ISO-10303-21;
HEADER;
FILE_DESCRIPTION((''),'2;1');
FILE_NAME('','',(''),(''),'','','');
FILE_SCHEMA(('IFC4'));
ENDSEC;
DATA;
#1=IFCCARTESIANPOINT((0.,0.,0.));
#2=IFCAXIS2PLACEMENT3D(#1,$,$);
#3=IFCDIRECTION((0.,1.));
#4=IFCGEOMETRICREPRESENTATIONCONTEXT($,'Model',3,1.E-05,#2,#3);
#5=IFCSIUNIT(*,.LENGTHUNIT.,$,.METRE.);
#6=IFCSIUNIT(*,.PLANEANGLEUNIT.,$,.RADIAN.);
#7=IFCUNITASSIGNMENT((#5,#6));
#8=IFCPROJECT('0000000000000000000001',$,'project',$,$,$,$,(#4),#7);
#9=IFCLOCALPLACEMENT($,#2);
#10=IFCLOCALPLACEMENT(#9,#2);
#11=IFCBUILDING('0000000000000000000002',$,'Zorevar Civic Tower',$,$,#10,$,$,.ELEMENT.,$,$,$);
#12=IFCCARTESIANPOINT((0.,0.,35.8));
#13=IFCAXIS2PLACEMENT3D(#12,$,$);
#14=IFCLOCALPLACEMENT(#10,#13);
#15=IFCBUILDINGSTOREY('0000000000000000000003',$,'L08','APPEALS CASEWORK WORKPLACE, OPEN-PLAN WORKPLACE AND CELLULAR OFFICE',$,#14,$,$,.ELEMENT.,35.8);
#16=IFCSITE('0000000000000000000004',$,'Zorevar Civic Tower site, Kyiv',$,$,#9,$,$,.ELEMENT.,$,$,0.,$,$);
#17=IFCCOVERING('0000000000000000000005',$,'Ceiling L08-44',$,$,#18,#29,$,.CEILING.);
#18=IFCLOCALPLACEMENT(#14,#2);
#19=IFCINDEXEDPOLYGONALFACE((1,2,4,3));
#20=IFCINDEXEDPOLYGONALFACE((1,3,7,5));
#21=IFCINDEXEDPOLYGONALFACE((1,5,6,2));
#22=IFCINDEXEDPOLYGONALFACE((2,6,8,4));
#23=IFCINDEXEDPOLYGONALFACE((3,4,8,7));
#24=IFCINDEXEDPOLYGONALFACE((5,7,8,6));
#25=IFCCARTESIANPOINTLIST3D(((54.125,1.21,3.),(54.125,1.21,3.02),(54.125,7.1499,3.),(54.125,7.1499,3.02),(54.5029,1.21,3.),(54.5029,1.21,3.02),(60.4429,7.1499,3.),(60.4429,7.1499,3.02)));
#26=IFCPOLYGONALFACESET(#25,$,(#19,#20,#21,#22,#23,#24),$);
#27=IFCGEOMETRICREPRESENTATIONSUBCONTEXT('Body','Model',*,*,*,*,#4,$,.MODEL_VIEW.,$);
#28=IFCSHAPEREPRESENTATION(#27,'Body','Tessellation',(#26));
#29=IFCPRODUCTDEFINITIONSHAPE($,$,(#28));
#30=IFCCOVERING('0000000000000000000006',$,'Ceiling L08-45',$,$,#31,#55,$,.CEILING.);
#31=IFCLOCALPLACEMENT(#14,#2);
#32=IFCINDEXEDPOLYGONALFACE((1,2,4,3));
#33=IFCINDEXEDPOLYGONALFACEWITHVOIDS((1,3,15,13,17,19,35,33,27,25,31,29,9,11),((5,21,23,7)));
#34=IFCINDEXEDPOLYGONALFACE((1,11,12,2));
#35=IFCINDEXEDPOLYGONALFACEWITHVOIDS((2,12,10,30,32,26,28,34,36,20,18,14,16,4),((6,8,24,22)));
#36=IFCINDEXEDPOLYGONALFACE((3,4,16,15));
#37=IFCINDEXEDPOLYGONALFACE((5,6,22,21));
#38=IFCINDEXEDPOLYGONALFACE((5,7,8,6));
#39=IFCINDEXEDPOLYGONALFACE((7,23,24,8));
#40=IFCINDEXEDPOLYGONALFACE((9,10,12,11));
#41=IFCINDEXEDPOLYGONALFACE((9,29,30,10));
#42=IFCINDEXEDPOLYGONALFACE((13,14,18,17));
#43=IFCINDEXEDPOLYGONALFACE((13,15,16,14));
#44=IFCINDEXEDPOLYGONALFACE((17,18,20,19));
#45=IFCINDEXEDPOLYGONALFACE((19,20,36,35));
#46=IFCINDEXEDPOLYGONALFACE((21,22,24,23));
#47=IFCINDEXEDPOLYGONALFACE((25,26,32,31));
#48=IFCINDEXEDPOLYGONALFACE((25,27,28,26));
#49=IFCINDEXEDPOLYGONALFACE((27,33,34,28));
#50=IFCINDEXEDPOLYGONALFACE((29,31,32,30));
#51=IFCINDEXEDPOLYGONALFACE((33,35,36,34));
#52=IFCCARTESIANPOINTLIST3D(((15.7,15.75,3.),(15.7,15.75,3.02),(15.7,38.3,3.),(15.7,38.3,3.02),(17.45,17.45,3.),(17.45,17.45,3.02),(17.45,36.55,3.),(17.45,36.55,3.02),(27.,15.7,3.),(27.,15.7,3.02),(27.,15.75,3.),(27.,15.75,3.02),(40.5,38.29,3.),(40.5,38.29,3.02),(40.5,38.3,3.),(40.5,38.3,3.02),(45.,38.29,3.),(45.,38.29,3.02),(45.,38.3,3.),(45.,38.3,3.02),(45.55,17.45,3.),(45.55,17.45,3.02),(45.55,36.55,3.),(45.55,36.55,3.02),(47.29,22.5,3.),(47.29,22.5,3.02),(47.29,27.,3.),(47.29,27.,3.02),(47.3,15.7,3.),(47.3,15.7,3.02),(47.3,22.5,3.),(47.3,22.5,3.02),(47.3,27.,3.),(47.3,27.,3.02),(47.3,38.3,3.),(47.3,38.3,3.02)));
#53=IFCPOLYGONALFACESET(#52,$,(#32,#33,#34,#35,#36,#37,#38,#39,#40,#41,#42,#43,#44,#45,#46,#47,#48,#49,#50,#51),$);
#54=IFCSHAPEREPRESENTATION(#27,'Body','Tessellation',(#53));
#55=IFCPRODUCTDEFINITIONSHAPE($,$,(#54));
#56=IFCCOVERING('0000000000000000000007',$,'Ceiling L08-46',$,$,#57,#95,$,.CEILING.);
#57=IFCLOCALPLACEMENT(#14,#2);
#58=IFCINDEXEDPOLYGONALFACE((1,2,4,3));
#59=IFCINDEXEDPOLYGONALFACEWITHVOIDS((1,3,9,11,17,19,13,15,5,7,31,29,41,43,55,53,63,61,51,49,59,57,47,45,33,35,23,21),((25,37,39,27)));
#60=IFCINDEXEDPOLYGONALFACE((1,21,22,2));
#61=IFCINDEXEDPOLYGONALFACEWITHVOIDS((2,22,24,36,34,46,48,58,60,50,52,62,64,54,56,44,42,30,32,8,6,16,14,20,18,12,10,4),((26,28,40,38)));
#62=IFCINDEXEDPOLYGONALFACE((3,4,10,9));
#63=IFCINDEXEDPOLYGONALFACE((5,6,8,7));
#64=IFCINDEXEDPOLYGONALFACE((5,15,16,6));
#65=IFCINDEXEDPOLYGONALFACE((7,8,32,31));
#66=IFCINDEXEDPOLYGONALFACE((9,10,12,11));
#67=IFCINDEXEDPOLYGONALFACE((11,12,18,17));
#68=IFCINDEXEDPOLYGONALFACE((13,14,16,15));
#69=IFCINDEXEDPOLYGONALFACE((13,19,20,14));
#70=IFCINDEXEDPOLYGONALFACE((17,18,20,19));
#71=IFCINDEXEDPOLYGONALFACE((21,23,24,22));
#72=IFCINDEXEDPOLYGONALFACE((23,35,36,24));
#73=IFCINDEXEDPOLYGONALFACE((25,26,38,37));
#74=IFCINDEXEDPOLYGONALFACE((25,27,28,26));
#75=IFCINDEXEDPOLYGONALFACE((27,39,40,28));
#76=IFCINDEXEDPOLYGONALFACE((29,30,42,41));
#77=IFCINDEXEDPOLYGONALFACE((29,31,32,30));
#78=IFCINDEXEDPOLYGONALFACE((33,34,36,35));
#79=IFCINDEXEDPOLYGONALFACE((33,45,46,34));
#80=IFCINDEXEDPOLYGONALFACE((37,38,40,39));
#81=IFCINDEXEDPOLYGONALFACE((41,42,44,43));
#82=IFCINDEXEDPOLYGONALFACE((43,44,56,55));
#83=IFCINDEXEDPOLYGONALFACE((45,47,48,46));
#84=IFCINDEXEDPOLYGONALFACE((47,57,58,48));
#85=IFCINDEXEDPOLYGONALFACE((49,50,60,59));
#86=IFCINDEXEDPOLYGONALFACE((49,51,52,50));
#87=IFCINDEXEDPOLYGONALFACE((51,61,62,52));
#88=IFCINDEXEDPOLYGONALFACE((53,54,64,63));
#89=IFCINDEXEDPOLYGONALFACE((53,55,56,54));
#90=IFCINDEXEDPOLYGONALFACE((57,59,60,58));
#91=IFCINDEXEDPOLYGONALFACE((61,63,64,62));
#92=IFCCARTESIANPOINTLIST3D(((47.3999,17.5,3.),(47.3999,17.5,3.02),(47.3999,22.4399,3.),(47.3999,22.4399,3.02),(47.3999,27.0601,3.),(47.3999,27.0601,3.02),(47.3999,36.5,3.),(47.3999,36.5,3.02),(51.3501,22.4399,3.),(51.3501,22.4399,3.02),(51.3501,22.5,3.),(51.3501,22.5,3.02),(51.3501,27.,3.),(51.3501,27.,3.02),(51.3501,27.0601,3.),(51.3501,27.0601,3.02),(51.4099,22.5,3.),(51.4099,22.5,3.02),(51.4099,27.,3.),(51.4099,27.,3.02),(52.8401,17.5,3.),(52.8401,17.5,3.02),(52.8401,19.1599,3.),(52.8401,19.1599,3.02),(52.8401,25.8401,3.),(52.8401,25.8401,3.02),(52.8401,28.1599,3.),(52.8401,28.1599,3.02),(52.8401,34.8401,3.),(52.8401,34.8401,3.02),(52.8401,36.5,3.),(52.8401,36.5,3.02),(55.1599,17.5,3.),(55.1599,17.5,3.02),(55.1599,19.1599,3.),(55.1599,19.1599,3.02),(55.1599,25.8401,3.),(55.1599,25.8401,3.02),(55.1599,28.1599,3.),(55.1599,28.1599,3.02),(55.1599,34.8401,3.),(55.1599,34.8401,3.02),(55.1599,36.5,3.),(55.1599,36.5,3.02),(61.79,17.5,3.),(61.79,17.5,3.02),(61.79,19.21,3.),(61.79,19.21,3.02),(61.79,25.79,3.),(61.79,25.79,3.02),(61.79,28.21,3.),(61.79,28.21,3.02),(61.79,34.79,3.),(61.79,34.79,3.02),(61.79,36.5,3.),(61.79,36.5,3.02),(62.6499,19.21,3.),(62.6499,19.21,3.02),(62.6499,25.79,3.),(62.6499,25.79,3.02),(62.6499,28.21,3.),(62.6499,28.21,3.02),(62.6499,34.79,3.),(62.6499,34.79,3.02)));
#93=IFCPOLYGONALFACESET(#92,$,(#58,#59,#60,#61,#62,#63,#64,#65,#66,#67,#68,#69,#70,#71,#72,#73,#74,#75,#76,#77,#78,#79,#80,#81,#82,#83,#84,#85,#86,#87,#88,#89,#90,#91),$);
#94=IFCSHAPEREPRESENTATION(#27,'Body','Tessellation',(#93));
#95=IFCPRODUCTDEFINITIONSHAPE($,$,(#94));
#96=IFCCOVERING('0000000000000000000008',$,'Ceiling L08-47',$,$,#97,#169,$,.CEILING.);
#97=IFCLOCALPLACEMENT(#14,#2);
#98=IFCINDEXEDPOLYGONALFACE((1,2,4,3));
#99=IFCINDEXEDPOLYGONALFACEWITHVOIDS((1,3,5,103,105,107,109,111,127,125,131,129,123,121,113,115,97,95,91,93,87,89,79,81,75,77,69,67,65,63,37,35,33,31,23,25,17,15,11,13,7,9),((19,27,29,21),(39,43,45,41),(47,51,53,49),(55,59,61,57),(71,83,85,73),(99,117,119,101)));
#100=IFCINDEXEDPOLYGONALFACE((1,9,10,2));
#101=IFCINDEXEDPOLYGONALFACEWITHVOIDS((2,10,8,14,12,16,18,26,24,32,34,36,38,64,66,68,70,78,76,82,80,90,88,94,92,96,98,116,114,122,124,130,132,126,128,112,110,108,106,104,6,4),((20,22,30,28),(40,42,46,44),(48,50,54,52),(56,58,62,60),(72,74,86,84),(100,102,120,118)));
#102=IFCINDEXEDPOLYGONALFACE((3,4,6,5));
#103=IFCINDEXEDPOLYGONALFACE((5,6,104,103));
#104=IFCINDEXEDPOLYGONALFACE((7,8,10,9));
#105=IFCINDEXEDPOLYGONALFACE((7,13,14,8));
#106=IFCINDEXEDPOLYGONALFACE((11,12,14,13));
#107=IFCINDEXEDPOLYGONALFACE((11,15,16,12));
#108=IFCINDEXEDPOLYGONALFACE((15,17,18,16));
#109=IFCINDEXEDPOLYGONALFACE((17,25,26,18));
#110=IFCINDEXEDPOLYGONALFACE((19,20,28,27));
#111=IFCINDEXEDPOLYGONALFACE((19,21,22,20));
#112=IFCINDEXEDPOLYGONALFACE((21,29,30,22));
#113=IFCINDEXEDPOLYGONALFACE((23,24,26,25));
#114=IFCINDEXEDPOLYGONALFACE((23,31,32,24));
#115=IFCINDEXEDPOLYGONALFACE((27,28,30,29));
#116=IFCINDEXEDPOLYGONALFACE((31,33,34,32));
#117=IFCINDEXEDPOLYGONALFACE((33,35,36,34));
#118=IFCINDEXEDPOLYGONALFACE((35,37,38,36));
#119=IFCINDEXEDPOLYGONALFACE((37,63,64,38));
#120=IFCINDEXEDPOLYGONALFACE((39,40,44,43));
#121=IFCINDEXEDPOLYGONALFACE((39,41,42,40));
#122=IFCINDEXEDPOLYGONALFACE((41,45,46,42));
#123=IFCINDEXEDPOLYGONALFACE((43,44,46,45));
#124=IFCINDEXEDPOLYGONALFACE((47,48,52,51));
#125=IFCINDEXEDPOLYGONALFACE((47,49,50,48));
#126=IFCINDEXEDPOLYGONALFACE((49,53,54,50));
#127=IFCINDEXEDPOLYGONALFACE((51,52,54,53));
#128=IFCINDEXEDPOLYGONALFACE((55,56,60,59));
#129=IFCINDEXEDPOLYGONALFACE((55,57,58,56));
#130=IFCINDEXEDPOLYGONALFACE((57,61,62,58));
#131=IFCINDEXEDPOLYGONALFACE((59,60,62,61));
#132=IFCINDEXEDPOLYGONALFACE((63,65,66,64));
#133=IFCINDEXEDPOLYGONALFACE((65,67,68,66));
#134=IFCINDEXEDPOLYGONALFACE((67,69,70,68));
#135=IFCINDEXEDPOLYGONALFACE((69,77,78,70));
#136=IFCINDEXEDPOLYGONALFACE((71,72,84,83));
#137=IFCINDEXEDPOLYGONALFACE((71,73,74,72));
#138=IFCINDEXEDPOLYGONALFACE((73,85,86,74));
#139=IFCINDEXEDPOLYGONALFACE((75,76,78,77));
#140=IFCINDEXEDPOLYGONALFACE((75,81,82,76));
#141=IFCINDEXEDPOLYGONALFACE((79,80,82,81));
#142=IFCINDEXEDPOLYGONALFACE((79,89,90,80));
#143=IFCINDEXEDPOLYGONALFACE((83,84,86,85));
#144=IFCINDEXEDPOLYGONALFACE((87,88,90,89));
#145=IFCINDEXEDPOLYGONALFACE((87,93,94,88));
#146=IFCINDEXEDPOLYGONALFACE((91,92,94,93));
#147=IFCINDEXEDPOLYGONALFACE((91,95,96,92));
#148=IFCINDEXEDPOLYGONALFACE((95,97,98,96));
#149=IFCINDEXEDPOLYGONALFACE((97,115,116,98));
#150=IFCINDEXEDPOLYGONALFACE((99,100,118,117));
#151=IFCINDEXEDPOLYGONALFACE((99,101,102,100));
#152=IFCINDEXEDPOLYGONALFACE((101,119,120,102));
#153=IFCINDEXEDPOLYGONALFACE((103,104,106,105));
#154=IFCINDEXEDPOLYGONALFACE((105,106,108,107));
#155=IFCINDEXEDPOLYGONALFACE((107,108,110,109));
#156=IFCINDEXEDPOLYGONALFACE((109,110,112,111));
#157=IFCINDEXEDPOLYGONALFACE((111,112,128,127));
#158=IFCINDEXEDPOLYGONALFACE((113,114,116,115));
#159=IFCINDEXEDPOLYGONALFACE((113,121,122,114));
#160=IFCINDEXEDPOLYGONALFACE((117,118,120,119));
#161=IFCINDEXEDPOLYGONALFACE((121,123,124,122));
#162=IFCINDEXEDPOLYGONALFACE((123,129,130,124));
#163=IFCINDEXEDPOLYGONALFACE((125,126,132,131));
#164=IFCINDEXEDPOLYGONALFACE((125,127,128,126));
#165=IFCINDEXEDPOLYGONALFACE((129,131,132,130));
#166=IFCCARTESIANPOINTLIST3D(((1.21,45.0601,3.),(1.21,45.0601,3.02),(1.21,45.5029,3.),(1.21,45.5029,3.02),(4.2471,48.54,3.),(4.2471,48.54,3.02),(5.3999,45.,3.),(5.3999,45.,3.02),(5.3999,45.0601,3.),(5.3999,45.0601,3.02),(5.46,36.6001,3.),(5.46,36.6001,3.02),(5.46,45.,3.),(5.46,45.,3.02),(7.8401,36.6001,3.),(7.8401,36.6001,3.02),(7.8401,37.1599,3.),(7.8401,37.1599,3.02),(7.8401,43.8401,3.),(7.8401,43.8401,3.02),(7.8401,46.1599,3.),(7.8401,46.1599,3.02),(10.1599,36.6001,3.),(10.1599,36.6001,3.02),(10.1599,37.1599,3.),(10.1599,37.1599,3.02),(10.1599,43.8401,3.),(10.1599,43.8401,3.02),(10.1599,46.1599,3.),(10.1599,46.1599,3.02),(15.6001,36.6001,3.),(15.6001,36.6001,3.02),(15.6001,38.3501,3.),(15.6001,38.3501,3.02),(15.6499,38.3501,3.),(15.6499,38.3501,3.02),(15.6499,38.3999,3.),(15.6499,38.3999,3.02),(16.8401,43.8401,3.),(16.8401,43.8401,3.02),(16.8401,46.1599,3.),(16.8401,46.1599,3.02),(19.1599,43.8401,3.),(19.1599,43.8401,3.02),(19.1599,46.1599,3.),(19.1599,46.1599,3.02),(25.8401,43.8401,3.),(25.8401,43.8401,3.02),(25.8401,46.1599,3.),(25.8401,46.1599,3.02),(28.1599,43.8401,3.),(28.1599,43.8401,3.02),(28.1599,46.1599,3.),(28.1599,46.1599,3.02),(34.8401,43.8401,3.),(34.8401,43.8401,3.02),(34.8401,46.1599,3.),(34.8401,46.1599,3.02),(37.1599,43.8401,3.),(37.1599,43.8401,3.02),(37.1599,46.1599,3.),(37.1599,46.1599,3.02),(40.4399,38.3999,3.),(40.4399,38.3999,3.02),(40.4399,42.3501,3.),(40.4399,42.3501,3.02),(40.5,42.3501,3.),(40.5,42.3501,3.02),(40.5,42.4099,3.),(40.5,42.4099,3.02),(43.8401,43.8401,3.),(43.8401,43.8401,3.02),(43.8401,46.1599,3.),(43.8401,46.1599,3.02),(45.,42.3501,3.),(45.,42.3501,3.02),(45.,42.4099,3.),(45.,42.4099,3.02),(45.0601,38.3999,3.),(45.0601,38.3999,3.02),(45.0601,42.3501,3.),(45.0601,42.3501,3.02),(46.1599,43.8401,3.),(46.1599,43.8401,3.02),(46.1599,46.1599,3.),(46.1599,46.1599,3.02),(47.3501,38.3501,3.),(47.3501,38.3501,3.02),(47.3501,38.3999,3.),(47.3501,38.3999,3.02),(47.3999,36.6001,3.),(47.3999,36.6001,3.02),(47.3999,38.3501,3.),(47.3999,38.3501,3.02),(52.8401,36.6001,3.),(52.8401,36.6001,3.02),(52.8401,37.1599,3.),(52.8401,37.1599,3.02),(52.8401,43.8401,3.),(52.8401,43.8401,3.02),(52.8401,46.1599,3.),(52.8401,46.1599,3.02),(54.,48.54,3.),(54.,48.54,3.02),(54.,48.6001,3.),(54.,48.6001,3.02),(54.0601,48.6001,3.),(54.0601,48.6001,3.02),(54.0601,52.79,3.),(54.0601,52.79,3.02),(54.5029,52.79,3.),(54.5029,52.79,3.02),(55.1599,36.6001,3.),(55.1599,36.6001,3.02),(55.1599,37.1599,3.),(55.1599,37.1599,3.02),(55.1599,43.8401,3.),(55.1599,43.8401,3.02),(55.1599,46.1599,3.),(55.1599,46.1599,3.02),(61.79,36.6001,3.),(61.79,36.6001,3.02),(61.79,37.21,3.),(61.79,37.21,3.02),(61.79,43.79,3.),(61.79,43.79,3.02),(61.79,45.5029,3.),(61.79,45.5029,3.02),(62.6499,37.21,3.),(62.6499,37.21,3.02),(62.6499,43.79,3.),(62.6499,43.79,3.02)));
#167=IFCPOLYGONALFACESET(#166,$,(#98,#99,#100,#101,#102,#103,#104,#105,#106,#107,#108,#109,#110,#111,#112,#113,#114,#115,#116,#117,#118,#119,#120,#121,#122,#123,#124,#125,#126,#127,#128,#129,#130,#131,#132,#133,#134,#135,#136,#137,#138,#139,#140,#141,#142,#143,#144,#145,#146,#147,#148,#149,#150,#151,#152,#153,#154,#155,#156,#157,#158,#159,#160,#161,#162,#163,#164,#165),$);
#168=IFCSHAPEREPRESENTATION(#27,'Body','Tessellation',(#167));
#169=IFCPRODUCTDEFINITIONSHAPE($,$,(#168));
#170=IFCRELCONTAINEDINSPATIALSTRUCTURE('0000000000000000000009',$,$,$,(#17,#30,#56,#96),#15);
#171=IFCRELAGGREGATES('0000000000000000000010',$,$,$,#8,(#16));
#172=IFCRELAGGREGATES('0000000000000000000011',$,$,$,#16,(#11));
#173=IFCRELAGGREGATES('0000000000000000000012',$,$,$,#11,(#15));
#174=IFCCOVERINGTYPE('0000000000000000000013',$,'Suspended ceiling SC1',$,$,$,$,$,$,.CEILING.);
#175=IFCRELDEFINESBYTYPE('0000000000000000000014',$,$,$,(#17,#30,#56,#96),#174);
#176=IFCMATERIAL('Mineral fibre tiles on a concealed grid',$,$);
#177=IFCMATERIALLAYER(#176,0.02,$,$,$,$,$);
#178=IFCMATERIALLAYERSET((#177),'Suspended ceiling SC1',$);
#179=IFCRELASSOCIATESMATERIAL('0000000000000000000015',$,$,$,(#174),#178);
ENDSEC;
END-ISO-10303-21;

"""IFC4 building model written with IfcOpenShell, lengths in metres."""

from ifc_helpers import new_model, si_unit, direction, frame, origin, place, context, subcontext, project, spatial, polyline, outline, extrude, material, layer, layer_set, type_object, element, save


model = new_model("IFC4")

# Units and contexts
model_context = context("Model", 3, precision=1e-05, world=origin(), true_north=direction((0.0, 1.0)))
body_context = subcontext(model_context, "Body", "Model", "MODEL_VIEW")
ifc_project = project(units=[si_unit("LENGTHUNIT", "METRE"), si_unit("PLANEANGLEUNIT", "RADIAN")], contexts=[model_context])

# Site, building, storey
site_placement = place(None, origin())
site = spatial("IfcSite", under=ifc_project, at=site_placement, Name="Zorevar Civic Tower site, Kyiv", CompositionType="ELEMENT", RefElevation=0.0)
building_placement = place(site_placement, origin())
building = spatial("IfcBuilding", under=site, at=building_placement, Name="Zorevar Civic Tower", CompositionType="ELEMENT")
storey_placement = place(building_placement, frame((0.0, 0.0, 35.8)))
storey = spatial("IfcBuildingStorey", under=building, at=storey_placement, Name="L08", Description="APPEALS CASEWORK WORKPLACE, OPEN-PLAN WORKPLACE AND CELLULAR OFFICE", CompositionType="ELEMENT", Elevation=35.8)

# Coverings
ifc_material_1 = material(Name="Mineral fibre tiles on a concealed grid")
ifc_layer_1 = layer(ifc_material_1, 0.02)
ifc_layer_set_1 = layer_set([ifc_layer_1], Name="Suspended ceiling SC1")
covering_type_1 = type_object("IfcCoveringType", Name="Suspended ceiling SC1", PredefinedType="CEILING", material=ifc_layer_set_1)
covering_1_placement = place(storey_placement, frame((0.0, 0.0, 3.0)))
element("IfcCovering", 1, at=covering_1_placement, inside=storey, type_object=covering_type_1, Name="Ceiling L08-44", PredefinedType="CEILING", context=body_context, shape_type="SweptSolid", body=[
    extrude(outline(polyline([(54.125, 1.21), (54.125, 7.1499), (60.4429, 7.1499), (54.5029, 1.21), (54.125, 1.21)])), origin(), (0.0, 0.0, 1.0), 0.02),
])
covering_2_placement = place(storey_placement, frame((0.0, 0.0, 3.0)))
element("IfcCovering", 2, at=covering_2_placement, inside=storey, type_object=covering_type_1, Name="Ceiling L08-45", PredefinedType="CEILING", context=body_context, shape_type="SweptSolid", body=[
    extrude(outline(polyline([(15.7, 38.3), (40.5, 38.3), (40.5, 38.29), (45.0, 38.29), (45.0, 38.3), (47.3, 38.3), (47.3, 27.0), (47.29, 27.0), (47.29, 22.5), (47.3, 22.5), (47.3, 15.7), (27.0, 15.7), (27.0, 15.75), (15.7, 15.75), (15.7, 38.3)]), holes=[polyline([(45.55, 17.45), (45.55, 36.55), (17.45, 36.55), (17.45, 17.45), (45.55, 17.45)])]), origin(), (0.0, 0.0, 1.0), 0.02),
])
covering_3_placement = place(storey_placement, frame((0.0, 0.0, 3.0)))
element("IfcCovering", 3, at=covering_3_placement, inside=storey, type_object=covering_type_1, Name="Ceiling L08-46", PredefinedType="CEILING", context=body_context, shape_type="SweptSolid", body=[
    extrude(outline(polyline([(55.1599, 34.8401), (55.1599, 36.5), (61.79, 36.5), (61.79, 34.79), (62.6499, 34.79), (62.6499, 28.21), (61.79, 28.21), (61.79, 25.79), (62.6499, 25.79), (62.6499, 19.21), (61.79, 19.21), (61.79, 17.5), (55.1599, 17.5), (55.1599, 19.1599), (52.8401, 19.1599), (52.8401, 17.5), (47.3999, 17.5), (47.3999, 22.4399), (51.3501, 22.4399), (51.3501, 22.5), (51.4099, 22.5), (51.4099, 27.0), (51.3501, 27.0), (51.3501, 27.0601), (47.3999, 27.0601), (47.3999, 36.5), (52.8401, 36.5), (52.8401, 34.8401), (55.1599, 34.8401)]), holes=[polyline([(55.1599, 28.1599), (52.8401, 28.1599), (52.8401, 25.8401), (55.1599, 25.8401), (55.1599, 28.1599)])]), origin(), (0.0, 0.0, 1.0), 0.02),
])
covering_4_placement = place(storey_placement, frame((0.0, 0.0, 3.0)))
element("IfcCovering", 4, at=covering_4_placement, inside=storey, type_object=covering_type_1, Name="Ceiling L08-47", PredefinedType="CEILING", context=body_context, shape_type="SweptSolid", body=[
    extrude(outline(polyline([(62.6499, 43.79), (62.6499, 37.21), (61.79, 37.21), (61.79, 36.6001), (55.1599, 36.6001), (55.1599, 37.1599), (52.8401, 37.1599), (52.8401, 36.6001), (47.3999, 36.6001), (47.3999, 38.3501), (47.3501, 38.3501), (47.3501, 38.3999), (45.0601, 38.3999), (45.0601, 42.3501), (45.0, 42.3501), (45.0, 42.4099), (40.5, 42.4099), (40.5, 42.3501), (40.4399, 42.3501), (40.4399, 38.3999), (15.6499, 38.3999), (15.6499, 38.3501), (15.6001, 38.3501), (15.6001, 36.6001), (10.1599, 36.6001), (10.1599, 37.1599), (7.8401, 37.1599), (7.8401, 36.6001), (5.46, 36.6001), (5.46, 45.0), (5.3999, 45.0), (5.3999, 45.0601), (1.21, 45.0601), (1.21, 45.5029), (4.2471, 48.54), (54.0, 48.54), (54.0, 48.6001), (54.0601, 48.6001), (54.0601, 52.79), (54.5029, 52.79), (61.79, 45.5029), (61.79, 43.79), (62.6499, 43.79)]), holes=[polyline([(10.1599, 43.8401), (10.1599, 46.1599), (7.8401, 46.1599), (7.8401, 43.8401), (10.1599, 43.8401)]), polyline([(16.8401, 43.8401), (19.1599, 43.8401), (19.1599, 46.1599), (16.8401, 46.1599), (16.8401, 43.8401)]), polyline([(25.8401, 46.1599), (25.8401, 43.8401), (28.1599, 43.8401), (28.1599, 46.1599), (25.8401, 46.1599)]), polyline([(37.1599, 46.1599), (34.8401, 46.1599), (34.8401, 43.8401), (37.1599, 43.8401), (37.1599, 46.1599)]), polyline([(46.1599, 43.8401), (46.1599, 46.1599), (43.8401, 46.1599), (43.8401, 43.8401), (46.1599, 43.8401)]), polyline([(52.8401, 46.1599), (52.8401, 43.8401), (55.1599, 43.8401), (55.1599, 46.1599), (52.8401, 46.1599)])]), origin(), (0.0, 0.0, 1.0), 0.02),
])

save(model, "model.ifc")
